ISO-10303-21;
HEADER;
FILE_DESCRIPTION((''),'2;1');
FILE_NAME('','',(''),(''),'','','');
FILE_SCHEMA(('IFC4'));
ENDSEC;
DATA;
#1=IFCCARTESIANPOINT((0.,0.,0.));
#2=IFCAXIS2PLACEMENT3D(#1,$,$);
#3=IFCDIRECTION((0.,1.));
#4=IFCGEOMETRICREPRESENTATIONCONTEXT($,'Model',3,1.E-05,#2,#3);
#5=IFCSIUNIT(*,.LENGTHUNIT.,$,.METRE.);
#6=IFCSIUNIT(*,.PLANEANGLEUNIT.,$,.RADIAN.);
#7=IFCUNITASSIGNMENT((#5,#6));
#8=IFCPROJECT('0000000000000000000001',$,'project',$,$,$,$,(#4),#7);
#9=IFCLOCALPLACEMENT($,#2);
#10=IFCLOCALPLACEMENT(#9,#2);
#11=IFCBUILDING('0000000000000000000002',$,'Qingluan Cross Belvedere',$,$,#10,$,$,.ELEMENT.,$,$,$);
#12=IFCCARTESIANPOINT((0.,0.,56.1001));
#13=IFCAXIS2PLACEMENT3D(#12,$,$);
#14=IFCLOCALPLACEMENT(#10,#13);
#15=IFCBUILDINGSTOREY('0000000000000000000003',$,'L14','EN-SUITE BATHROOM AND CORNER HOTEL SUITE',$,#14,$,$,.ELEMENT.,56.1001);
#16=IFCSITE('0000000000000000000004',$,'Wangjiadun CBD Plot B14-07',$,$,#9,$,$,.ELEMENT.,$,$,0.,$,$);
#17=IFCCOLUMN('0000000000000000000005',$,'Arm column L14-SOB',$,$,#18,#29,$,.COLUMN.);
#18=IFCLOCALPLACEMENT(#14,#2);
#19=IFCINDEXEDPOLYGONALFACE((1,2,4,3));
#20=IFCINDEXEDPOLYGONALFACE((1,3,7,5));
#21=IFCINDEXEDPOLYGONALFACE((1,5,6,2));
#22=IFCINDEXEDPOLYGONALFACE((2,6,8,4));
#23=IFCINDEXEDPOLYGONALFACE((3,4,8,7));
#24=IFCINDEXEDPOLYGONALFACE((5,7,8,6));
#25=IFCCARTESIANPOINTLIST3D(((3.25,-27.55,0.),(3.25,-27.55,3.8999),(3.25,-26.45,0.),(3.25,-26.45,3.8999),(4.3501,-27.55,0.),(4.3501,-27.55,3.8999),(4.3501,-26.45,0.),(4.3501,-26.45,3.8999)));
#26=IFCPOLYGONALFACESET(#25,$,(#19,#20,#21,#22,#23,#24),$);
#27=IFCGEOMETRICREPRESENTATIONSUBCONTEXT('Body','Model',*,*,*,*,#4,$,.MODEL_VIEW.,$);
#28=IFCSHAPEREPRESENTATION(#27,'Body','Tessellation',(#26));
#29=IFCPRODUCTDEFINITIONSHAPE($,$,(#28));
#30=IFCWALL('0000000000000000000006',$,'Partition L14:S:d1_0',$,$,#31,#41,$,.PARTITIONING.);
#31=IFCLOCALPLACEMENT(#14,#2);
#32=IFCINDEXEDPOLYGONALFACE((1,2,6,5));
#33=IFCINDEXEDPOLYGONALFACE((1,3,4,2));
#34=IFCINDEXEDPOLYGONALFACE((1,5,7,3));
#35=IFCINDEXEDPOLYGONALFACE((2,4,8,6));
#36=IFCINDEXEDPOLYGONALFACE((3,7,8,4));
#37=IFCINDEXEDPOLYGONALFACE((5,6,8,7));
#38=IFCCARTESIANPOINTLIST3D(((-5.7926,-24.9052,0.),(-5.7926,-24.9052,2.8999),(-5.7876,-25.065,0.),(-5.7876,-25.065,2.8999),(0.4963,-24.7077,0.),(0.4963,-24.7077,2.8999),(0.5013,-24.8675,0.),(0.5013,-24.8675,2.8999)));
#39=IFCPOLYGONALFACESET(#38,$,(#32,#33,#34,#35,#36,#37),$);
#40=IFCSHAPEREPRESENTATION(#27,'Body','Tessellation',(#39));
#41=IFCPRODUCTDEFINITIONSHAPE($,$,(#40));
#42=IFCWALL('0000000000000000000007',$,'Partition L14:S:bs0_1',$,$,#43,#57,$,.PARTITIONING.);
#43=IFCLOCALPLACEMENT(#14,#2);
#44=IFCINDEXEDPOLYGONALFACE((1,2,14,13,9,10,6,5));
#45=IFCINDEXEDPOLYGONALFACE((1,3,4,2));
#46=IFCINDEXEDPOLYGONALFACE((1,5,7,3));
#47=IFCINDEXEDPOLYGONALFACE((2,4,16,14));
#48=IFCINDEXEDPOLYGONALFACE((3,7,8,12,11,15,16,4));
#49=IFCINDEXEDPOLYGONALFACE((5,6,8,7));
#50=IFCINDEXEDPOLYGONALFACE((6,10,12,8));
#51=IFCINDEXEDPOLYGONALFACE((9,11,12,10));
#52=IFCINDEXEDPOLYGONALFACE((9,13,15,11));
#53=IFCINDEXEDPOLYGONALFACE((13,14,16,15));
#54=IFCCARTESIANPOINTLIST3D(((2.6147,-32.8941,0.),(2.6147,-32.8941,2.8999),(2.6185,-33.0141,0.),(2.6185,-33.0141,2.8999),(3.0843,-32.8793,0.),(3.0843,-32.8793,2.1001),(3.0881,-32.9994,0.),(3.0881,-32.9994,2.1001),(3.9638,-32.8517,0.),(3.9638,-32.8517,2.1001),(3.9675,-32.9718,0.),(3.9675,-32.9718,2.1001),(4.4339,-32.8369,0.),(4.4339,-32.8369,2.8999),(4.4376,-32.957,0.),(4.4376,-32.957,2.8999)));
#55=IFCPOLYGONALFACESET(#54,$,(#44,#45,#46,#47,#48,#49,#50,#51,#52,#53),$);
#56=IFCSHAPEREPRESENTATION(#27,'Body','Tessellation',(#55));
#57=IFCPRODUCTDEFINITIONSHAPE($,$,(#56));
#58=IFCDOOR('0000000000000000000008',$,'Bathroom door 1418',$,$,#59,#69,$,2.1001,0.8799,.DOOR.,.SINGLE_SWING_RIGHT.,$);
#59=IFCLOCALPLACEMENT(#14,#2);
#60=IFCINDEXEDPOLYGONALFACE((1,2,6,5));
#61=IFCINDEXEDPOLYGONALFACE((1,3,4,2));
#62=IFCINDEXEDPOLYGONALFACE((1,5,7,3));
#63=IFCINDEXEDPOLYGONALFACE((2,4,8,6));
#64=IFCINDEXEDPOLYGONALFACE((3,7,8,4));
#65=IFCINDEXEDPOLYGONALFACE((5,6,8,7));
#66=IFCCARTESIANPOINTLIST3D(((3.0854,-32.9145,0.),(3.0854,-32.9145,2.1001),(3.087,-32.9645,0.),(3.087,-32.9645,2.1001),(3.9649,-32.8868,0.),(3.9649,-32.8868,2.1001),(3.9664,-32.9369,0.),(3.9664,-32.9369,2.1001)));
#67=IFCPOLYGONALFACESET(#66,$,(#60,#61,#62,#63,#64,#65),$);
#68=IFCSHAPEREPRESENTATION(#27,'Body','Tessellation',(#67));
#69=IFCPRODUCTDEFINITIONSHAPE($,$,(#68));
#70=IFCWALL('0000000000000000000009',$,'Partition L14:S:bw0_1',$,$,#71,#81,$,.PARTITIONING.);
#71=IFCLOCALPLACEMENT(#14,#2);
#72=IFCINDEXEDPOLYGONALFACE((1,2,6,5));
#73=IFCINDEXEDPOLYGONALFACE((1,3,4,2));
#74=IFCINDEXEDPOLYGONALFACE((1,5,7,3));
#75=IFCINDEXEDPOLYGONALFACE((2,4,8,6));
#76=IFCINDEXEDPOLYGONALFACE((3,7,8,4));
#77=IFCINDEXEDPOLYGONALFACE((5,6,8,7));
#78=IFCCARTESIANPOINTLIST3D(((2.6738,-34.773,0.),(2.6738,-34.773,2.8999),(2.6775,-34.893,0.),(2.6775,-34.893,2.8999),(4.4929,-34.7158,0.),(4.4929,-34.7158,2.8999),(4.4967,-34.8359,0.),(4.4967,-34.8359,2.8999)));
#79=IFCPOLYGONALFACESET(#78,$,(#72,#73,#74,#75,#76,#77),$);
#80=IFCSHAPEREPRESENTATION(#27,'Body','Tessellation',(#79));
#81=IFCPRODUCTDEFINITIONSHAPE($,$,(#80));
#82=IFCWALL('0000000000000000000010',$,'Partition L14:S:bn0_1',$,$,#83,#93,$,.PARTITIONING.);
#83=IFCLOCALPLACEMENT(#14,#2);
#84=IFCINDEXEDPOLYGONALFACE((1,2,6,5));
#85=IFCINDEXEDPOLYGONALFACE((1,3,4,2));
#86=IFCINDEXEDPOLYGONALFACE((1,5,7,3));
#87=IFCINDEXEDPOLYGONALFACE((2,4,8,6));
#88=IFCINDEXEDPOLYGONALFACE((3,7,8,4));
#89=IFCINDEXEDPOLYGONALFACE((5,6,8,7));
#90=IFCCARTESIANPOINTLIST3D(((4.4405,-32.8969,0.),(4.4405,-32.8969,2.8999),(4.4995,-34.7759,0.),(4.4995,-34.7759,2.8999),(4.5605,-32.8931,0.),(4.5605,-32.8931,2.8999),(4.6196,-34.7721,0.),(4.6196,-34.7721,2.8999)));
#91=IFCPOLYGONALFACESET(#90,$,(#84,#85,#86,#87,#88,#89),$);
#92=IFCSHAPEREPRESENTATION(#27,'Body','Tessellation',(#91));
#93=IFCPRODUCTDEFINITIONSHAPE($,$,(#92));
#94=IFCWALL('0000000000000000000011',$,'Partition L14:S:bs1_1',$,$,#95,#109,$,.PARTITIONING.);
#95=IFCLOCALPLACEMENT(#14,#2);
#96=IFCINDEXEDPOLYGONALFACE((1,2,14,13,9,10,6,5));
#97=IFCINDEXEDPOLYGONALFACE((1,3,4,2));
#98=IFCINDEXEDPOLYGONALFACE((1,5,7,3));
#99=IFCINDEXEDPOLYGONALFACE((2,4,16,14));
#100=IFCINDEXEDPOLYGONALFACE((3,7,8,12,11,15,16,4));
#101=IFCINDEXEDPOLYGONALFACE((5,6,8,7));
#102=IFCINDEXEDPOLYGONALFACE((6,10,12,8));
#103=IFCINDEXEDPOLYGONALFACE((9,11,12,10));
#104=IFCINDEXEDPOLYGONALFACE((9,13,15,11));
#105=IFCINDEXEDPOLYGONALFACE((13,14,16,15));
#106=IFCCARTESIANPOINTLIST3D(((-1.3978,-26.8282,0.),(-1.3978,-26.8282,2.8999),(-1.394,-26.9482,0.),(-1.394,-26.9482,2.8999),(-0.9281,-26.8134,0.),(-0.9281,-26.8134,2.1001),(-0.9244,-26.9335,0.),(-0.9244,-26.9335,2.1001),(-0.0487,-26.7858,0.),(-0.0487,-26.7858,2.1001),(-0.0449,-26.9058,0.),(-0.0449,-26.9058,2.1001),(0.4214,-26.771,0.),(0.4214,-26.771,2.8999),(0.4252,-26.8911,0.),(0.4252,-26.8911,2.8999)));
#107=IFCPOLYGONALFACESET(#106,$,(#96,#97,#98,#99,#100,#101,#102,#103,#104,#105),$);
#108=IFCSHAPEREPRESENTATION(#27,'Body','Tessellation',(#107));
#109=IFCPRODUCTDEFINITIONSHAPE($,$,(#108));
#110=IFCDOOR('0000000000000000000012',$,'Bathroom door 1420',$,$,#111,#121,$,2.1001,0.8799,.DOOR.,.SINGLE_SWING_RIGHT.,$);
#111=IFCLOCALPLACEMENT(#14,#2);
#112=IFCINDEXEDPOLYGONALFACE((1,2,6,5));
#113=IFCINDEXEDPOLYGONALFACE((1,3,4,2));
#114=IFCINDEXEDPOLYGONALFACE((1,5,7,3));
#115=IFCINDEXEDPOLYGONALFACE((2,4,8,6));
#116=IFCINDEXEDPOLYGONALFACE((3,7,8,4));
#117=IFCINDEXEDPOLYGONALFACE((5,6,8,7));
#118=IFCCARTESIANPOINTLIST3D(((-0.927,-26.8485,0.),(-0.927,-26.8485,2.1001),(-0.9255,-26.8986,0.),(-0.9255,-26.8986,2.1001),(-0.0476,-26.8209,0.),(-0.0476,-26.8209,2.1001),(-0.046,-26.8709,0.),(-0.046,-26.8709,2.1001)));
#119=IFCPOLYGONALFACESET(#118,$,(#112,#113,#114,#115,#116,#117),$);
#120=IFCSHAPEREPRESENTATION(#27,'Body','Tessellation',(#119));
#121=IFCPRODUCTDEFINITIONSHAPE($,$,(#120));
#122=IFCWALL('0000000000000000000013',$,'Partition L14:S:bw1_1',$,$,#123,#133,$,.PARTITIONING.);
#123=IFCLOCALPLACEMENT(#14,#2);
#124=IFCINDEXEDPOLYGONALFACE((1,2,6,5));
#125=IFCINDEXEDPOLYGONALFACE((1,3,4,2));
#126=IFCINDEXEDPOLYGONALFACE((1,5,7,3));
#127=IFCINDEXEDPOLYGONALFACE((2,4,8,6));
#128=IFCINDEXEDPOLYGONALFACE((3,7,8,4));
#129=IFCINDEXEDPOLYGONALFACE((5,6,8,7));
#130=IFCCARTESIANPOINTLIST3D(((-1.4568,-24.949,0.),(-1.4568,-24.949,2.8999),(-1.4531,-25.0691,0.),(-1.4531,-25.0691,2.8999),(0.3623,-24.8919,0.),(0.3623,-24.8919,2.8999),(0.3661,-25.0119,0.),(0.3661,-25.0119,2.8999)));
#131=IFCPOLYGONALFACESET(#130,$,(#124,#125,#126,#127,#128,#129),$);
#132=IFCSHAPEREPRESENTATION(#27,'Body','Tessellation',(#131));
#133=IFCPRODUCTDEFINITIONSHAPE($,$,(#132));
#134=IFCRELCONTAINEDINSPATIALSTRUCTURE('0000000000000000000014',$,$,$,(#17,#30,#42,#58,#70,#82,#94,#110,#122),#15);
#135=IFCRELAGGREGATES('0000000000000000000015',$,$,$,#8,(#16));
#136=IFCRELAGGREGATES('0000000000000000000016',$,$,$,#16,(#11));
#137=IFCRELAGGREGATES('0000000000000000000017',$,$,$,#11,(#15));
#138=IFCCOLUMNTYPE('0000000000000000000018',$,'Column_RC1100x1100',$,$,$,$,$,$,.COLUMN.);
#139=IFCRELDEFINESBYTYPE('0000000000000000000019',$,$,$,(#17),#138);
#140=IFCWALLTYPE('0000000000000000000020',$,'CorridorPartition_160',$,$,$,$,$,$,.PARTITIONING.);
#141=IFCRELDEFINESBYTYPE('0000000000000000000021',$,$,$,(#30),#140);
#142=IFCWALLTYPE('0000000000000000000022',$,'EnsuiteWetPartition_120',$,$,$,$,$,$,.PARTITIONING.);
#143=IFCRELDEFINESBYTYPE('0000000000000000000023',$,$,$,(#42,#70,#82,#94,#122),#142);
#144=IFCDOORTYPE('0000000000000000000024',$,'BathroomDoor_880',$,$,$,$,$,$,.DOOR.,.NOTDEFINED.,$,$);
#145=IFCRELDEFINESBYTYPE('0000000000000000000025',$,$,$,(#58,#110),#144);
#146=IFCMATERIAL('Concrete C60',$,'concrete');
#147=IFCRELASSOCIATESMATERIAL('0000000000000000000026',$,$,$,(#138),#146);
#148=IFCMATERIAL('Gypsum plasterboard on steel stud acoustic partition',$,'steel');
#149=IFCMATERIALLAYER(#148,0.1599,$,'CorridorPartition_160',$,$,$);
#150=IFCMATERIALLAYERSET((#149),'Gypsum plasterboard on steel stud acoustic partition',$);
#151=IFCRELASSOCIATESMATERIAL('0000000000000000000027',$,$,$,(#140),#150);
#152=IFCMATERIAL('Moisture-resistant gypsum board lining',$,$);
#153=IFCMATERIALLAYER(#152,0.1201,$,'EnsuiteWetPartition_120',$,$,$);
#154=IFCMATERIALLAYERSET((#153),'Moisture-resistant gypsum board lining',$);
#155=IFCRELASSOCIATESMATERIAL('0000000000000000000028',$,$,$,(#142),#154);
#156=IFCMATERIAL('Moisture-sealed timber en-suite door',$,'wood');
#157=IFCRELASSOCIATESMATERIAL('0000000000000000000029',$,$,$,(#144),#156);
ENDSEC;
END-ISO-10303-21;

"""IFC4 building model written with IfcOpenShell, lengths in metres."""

from ifc_helpers import new_model, si_unit, direction, frame, frame_2d, origin, origin_2d, place, context, subcontext, project, spatial, rectangle, extrude, material, layer, layer_set, material_profile, profile_set, type_object, element, fill, save


model = new_model("IFC4")

# Units and contexts
model_context = context("Model", 3, precision=1e-05, world=origin(), true_north=direction((0.0, 1.0)))
body_context = subcontext(model_context, "Body", "Model", "MODEL_VIEW")
ifc_project = project(units=[si_unit("LENGTHUNIT", "METRE"), si_unit("PLANEANGLEUNIT", "RADIAN")], contexts=[model_context])

# Site, building, storey
site_placement = place(None, origin())
site = spatial("IfcSite", under=ifc_project, at=site_placement, Name="Wangjiadun CBD Plot B14-07", CompositionType="ELEMENT", RefElevation=0.0)
building_placement = place(site_placement, origin())
building = spatial("IfcBuilding", under=site, at=building_placement, Name="Qingluan Cross Belvedere", CompositionType="ELEMENT")
storey_placement = place(building_placement, frame((0.0, 0.0, 56.1001)))
storey = spatial("IfcBuildingStorey", under=building, at=storey_placement, Name="L14", Description="EN-SUITE BATHROOM AND CORNER HOTEL SUITE", CompositionType="ELEMENT", Elevation=56.1001)

# Column
ifc_material_1 = material(Name="Concrete C60", Category="concrete")
ifc_material_profile = material_profile(ifc_material_1, rectangle(XDim=1.1001, YDim=1.1001, at=origin_2d()), Name="RC1100x1100")
ifc_profile_set = profile_set([ifc_material_profile], Name="Concrete C60")
column_type = type_object("IfcColumnType", Name="Column_RC1100x1100", PredefinedType="COLUMN", material=ifc_profile_set)
column_placement = place(storey_placement, frame((3.8, -27.0, 0.0), z_axis=(0.0, 0.0, 1.0), x_axis=(1.0, 0.0, 0.0)))
element("IfcColumn", 1, at=column_placement, inside=storey, type_object=column_type, Name="Arm column L14-SOB", PredefinedType="COLUMN", context=body_context, shape_type="SweptSolid", body=[
    extrude(rectangle(XDim=1.1001, YDim=1.1001, at=origin_2d()), origin(), (0.0, 0.0, 1.0), 3.8999),
])

# Wall
ifc_material_2 = material(Name="Gypsum plasterboard on steel stud acoustic partition", Category="steel")
ifc_layer_1 = layer(ifc_material_2, 0.1599, Name="CorridorPartition_160")
ifc_layer_set_1 = layer_set([ifc_layer_1], Name="Gypsum plasterboard on steel stud acoustic partition")
wall_type_1 = type_object("IfcWallType", Name="CorridorPartition_160", PredefinedType="PARTITIONING", material=ifc_layer_set_1)
wall_1_placement = place(storey_placement, frame((0.4988, -24.7876, 0.0), z_axis=(0.0, 0.0, 1.0), x_axis=(-0.999507, -0.031391, 0.0)))
element("IfcWall", 2, at=wall_1_placement, inside=storey, type_object=wall_type_1, Name="Partition L14:S:d1_0", PredefinedType="PARTITIONING", context=body_context, shape_type="SweptSolid", body=[
    extrude(rectangle(XDim=6.292, YDim=0.1599, at=frame_2d((3.146, 0.0))), origin(), (0.0, 0.0, 1.0), 2.8999),
])

# Wall, opening, door
ifc_material_3 = material(Name="Moisture-resistant gypsum board lining")
ifc_layer_2 = layer(ifc_material_3, 0.1201, Name="EnsuiteWetPartition_120")
ifc_layer_set_2 = layer_set([ifc_layer_2], Name="Moisture-resistant gypsum board lining")
wall_type_2 = type_object("IfcWallType", Name="EnsuiteWetPartition_120", PredefinedType="PARTITIONING", material=ifc_layer_set_2)
wall_2_placement = place(storey_placement, frame((2.6165, -32.9541, 0.0), z_axis=(0.0, 0.0, 1.0), x_axis=(0.999507, 0.03139, 0.0)))
wall_2 = element("IfcWall", 3, at=wall_2_placement, inside=storey, type_object=wall_type_2, Name="Partition L14:S:bs0_1", PredefinedType="PARTITIONING", context=body_context, shape_type="SweptSolid", body=[
    extrude(rectangle(XDim=1.8201, YDim=0.1201, at=frame_2d((0.9102, 0.0))), origin(), (0.0, 0.0, 1.0), 2.8999),
])
opening_1_placement = place(wall_2_placement, frame((0.47, 0.0, 0.0)))
opening_1 = element("IfcOpeningElement", 4, at=opening_1_placement, cuts=wall_2, PredefinedType="OPENING", context=body_context, shape_type="SweptSolid", body=[
    extrude(rectangle(XDim=0.8799, YDim=2.1001, at=frame_2d((0.4399, 1.05))), frame((0.0, 0.0701, 0.0), z_axis=(0.0, -1.0, 0.0), x_axis=(1.0, 0.0, 0.0)), (0.0, 0.0, 1.0), 0.1401),
])
ifc_material_4 = material(Name="Moisture-sealed timber en-suite door", Category="wood")
door_type = type_object("IfcDoorType", Name="BathroomDoor_880", OperationType="NOTDEFINED", PredefinedType="DOOR", material=ifc_material_4)
door_1_placement = place(opening_1_placement, origin())
door_1 = element("IfcDoor", 5, at=door_1_placement, inside=storey, type_object=door_type, Name="Bathroom door 1418", OperationType="SINGLE_SWING_RIGHT", OverallHeight=2.1001, OverallWidth=0.8799, PredefinedType="DOOR", context=body_context, shape_type="SweptSolid", body=[
    extrude(rectangle(XDim=0.8799, YDim=2.1001, at=frame_2d((0.4399, 1.05))), frame((0.0, 0.0249, 0.0), z_axis=(0.0, -1.0, 0.0), x_axis=(1.0, 0.0, 0.0)), (0.0, 0.0, 1.0), 0.05),
])
fill(opening_1, door_1)

# Walls
wall_3_placement = place(storey_placement, frame((2.6755, -34.833, 0.0), z_axis=(0.0, 0.0, 1.0), x_axis=(0.999507, 0.03139, 0.0)))
element("IfcWall", 6, at=wall_3_placement, inside=storey, type_object=wall_type_2, Name="Partition L14:S:bw0_1", PredefinedType="PARTITIONING", context=body_context, shape_type="SweptSolid", body=[
    extrude(rectangle(XDim=1.8201, YDim=0.1201, at=frame_2d((0.9102, 0.0))), origin(), (0.0, 0.0, 1.0), 2.8999),
])
wall_4_placement = place(storey_placement, frame((4.5005, -32.895, 0.0), z_axis=(0.0, 0.0, 1.0), x_axis=(0.031429, -0.999506, 0.0)))
element("IfcWall", 7, at=wall_4_placement, inside=storey, type_object=wall_type_2, Name="Partition L14:S:bn0_1", PredefinedType="PARTITIONING", context=body_context, shape_type="SweptSolid", body=[
    extrude(rectangle(XDim=1.8799, YDim=0.1201, at=frame_2d((0.9399, 0.0))), origin(), (0.0, 0.0, 1.0), 2.8999),
])

# Wall, opening, door
wall_5_placement = place(storey_placement, frame((-1.396, -26.8882, 0.0), z_axis=(0.0, 0.0, 1.0), x_axis=(0.999507, 0.03139, 0.0)))
wall_5 = element("IfcWall", 8, at=wall_5_placement, inside=storey, type_object=wall_type_2, Name="Partition L14:S:bs1_1", PredefinedType="PARTITIONING", context=body_context, shape_type="SweptSolid", body=[
    extrude(rectangle(XDim=1.8201, YDim=0.1201, at=frame_2d((0.9102, 0.0))), origin(), (0.0, 0.0, 1.0), 2.8999),
])
opening_2_placement = place(wall_5_placement, frame((0.47, 0.0, 0.0)))
opening_2 = element("IfcOpeningElement", 9, at=opening_2_placement, cuts=wall_5, PredefinedType="OPENING", context=body_context, shape_type="SweptSolid", body=[
    extrude(rectangle(XDim=0.8799, YDim=2.1001, at=frame_2d((0.4399, 1.05))), frame((0.0, 0.0701, 0.0), z_axis=(0.0, -1.0, 0.0), x_axis=(1.0, 0.0, 0.0)), (0.0, 0.0, 1.0), 0.1401),
])
door_2_placement = place(opening_2_placement, origin())
door_2 = element("IfcDoor", 10, at=door_2_placement, inside=storey, type_object=door_type, Name="Bathroom door 1420", OperationType="SINGLE_SWING_RIGHT", OverallHeight=2.1001, OverallWidth=0.8799, PredefinedType="DOOR", context=body_context, shape_type="SweptSolid", body=[
    extrude(rectangle(XDim=0.8799, YDim=2.1001, at=frame_2d((0.4399, 1.05))), frame((0.0, 0.0249, 0.0), z_axis=(0.0, -1.0, 0.0), x_axis=(1.0, 0.0, 0.0)), (0.0, 0.0, 1.0), 0.05),
])
fill(opening_2, door_2)

# Wall
wall_6_placement = place(storey_placement, frame((-1.4551, -25.009, 0.0), z_axis=(0.0, 0.0, 1.0), x_axis=(0.999507, 0.03139, 0.0)))
element("IfcWall", 11, at=wall_6_placement, inside=storey, type_object=wall_type_2, Name="Partition L14:S:bw1_1", PredefinedType="PARTITIONING", context=body_context, shape_type="SweptSolid", body=[
    extrude(rectangle(XDim=1.8201, YDim=0.1201, at=frame_2d((0.9102, 0.0))), origin(), (0.0, 0.0, 1.0), 2.8999),
])

save(model, "model.ifc")
